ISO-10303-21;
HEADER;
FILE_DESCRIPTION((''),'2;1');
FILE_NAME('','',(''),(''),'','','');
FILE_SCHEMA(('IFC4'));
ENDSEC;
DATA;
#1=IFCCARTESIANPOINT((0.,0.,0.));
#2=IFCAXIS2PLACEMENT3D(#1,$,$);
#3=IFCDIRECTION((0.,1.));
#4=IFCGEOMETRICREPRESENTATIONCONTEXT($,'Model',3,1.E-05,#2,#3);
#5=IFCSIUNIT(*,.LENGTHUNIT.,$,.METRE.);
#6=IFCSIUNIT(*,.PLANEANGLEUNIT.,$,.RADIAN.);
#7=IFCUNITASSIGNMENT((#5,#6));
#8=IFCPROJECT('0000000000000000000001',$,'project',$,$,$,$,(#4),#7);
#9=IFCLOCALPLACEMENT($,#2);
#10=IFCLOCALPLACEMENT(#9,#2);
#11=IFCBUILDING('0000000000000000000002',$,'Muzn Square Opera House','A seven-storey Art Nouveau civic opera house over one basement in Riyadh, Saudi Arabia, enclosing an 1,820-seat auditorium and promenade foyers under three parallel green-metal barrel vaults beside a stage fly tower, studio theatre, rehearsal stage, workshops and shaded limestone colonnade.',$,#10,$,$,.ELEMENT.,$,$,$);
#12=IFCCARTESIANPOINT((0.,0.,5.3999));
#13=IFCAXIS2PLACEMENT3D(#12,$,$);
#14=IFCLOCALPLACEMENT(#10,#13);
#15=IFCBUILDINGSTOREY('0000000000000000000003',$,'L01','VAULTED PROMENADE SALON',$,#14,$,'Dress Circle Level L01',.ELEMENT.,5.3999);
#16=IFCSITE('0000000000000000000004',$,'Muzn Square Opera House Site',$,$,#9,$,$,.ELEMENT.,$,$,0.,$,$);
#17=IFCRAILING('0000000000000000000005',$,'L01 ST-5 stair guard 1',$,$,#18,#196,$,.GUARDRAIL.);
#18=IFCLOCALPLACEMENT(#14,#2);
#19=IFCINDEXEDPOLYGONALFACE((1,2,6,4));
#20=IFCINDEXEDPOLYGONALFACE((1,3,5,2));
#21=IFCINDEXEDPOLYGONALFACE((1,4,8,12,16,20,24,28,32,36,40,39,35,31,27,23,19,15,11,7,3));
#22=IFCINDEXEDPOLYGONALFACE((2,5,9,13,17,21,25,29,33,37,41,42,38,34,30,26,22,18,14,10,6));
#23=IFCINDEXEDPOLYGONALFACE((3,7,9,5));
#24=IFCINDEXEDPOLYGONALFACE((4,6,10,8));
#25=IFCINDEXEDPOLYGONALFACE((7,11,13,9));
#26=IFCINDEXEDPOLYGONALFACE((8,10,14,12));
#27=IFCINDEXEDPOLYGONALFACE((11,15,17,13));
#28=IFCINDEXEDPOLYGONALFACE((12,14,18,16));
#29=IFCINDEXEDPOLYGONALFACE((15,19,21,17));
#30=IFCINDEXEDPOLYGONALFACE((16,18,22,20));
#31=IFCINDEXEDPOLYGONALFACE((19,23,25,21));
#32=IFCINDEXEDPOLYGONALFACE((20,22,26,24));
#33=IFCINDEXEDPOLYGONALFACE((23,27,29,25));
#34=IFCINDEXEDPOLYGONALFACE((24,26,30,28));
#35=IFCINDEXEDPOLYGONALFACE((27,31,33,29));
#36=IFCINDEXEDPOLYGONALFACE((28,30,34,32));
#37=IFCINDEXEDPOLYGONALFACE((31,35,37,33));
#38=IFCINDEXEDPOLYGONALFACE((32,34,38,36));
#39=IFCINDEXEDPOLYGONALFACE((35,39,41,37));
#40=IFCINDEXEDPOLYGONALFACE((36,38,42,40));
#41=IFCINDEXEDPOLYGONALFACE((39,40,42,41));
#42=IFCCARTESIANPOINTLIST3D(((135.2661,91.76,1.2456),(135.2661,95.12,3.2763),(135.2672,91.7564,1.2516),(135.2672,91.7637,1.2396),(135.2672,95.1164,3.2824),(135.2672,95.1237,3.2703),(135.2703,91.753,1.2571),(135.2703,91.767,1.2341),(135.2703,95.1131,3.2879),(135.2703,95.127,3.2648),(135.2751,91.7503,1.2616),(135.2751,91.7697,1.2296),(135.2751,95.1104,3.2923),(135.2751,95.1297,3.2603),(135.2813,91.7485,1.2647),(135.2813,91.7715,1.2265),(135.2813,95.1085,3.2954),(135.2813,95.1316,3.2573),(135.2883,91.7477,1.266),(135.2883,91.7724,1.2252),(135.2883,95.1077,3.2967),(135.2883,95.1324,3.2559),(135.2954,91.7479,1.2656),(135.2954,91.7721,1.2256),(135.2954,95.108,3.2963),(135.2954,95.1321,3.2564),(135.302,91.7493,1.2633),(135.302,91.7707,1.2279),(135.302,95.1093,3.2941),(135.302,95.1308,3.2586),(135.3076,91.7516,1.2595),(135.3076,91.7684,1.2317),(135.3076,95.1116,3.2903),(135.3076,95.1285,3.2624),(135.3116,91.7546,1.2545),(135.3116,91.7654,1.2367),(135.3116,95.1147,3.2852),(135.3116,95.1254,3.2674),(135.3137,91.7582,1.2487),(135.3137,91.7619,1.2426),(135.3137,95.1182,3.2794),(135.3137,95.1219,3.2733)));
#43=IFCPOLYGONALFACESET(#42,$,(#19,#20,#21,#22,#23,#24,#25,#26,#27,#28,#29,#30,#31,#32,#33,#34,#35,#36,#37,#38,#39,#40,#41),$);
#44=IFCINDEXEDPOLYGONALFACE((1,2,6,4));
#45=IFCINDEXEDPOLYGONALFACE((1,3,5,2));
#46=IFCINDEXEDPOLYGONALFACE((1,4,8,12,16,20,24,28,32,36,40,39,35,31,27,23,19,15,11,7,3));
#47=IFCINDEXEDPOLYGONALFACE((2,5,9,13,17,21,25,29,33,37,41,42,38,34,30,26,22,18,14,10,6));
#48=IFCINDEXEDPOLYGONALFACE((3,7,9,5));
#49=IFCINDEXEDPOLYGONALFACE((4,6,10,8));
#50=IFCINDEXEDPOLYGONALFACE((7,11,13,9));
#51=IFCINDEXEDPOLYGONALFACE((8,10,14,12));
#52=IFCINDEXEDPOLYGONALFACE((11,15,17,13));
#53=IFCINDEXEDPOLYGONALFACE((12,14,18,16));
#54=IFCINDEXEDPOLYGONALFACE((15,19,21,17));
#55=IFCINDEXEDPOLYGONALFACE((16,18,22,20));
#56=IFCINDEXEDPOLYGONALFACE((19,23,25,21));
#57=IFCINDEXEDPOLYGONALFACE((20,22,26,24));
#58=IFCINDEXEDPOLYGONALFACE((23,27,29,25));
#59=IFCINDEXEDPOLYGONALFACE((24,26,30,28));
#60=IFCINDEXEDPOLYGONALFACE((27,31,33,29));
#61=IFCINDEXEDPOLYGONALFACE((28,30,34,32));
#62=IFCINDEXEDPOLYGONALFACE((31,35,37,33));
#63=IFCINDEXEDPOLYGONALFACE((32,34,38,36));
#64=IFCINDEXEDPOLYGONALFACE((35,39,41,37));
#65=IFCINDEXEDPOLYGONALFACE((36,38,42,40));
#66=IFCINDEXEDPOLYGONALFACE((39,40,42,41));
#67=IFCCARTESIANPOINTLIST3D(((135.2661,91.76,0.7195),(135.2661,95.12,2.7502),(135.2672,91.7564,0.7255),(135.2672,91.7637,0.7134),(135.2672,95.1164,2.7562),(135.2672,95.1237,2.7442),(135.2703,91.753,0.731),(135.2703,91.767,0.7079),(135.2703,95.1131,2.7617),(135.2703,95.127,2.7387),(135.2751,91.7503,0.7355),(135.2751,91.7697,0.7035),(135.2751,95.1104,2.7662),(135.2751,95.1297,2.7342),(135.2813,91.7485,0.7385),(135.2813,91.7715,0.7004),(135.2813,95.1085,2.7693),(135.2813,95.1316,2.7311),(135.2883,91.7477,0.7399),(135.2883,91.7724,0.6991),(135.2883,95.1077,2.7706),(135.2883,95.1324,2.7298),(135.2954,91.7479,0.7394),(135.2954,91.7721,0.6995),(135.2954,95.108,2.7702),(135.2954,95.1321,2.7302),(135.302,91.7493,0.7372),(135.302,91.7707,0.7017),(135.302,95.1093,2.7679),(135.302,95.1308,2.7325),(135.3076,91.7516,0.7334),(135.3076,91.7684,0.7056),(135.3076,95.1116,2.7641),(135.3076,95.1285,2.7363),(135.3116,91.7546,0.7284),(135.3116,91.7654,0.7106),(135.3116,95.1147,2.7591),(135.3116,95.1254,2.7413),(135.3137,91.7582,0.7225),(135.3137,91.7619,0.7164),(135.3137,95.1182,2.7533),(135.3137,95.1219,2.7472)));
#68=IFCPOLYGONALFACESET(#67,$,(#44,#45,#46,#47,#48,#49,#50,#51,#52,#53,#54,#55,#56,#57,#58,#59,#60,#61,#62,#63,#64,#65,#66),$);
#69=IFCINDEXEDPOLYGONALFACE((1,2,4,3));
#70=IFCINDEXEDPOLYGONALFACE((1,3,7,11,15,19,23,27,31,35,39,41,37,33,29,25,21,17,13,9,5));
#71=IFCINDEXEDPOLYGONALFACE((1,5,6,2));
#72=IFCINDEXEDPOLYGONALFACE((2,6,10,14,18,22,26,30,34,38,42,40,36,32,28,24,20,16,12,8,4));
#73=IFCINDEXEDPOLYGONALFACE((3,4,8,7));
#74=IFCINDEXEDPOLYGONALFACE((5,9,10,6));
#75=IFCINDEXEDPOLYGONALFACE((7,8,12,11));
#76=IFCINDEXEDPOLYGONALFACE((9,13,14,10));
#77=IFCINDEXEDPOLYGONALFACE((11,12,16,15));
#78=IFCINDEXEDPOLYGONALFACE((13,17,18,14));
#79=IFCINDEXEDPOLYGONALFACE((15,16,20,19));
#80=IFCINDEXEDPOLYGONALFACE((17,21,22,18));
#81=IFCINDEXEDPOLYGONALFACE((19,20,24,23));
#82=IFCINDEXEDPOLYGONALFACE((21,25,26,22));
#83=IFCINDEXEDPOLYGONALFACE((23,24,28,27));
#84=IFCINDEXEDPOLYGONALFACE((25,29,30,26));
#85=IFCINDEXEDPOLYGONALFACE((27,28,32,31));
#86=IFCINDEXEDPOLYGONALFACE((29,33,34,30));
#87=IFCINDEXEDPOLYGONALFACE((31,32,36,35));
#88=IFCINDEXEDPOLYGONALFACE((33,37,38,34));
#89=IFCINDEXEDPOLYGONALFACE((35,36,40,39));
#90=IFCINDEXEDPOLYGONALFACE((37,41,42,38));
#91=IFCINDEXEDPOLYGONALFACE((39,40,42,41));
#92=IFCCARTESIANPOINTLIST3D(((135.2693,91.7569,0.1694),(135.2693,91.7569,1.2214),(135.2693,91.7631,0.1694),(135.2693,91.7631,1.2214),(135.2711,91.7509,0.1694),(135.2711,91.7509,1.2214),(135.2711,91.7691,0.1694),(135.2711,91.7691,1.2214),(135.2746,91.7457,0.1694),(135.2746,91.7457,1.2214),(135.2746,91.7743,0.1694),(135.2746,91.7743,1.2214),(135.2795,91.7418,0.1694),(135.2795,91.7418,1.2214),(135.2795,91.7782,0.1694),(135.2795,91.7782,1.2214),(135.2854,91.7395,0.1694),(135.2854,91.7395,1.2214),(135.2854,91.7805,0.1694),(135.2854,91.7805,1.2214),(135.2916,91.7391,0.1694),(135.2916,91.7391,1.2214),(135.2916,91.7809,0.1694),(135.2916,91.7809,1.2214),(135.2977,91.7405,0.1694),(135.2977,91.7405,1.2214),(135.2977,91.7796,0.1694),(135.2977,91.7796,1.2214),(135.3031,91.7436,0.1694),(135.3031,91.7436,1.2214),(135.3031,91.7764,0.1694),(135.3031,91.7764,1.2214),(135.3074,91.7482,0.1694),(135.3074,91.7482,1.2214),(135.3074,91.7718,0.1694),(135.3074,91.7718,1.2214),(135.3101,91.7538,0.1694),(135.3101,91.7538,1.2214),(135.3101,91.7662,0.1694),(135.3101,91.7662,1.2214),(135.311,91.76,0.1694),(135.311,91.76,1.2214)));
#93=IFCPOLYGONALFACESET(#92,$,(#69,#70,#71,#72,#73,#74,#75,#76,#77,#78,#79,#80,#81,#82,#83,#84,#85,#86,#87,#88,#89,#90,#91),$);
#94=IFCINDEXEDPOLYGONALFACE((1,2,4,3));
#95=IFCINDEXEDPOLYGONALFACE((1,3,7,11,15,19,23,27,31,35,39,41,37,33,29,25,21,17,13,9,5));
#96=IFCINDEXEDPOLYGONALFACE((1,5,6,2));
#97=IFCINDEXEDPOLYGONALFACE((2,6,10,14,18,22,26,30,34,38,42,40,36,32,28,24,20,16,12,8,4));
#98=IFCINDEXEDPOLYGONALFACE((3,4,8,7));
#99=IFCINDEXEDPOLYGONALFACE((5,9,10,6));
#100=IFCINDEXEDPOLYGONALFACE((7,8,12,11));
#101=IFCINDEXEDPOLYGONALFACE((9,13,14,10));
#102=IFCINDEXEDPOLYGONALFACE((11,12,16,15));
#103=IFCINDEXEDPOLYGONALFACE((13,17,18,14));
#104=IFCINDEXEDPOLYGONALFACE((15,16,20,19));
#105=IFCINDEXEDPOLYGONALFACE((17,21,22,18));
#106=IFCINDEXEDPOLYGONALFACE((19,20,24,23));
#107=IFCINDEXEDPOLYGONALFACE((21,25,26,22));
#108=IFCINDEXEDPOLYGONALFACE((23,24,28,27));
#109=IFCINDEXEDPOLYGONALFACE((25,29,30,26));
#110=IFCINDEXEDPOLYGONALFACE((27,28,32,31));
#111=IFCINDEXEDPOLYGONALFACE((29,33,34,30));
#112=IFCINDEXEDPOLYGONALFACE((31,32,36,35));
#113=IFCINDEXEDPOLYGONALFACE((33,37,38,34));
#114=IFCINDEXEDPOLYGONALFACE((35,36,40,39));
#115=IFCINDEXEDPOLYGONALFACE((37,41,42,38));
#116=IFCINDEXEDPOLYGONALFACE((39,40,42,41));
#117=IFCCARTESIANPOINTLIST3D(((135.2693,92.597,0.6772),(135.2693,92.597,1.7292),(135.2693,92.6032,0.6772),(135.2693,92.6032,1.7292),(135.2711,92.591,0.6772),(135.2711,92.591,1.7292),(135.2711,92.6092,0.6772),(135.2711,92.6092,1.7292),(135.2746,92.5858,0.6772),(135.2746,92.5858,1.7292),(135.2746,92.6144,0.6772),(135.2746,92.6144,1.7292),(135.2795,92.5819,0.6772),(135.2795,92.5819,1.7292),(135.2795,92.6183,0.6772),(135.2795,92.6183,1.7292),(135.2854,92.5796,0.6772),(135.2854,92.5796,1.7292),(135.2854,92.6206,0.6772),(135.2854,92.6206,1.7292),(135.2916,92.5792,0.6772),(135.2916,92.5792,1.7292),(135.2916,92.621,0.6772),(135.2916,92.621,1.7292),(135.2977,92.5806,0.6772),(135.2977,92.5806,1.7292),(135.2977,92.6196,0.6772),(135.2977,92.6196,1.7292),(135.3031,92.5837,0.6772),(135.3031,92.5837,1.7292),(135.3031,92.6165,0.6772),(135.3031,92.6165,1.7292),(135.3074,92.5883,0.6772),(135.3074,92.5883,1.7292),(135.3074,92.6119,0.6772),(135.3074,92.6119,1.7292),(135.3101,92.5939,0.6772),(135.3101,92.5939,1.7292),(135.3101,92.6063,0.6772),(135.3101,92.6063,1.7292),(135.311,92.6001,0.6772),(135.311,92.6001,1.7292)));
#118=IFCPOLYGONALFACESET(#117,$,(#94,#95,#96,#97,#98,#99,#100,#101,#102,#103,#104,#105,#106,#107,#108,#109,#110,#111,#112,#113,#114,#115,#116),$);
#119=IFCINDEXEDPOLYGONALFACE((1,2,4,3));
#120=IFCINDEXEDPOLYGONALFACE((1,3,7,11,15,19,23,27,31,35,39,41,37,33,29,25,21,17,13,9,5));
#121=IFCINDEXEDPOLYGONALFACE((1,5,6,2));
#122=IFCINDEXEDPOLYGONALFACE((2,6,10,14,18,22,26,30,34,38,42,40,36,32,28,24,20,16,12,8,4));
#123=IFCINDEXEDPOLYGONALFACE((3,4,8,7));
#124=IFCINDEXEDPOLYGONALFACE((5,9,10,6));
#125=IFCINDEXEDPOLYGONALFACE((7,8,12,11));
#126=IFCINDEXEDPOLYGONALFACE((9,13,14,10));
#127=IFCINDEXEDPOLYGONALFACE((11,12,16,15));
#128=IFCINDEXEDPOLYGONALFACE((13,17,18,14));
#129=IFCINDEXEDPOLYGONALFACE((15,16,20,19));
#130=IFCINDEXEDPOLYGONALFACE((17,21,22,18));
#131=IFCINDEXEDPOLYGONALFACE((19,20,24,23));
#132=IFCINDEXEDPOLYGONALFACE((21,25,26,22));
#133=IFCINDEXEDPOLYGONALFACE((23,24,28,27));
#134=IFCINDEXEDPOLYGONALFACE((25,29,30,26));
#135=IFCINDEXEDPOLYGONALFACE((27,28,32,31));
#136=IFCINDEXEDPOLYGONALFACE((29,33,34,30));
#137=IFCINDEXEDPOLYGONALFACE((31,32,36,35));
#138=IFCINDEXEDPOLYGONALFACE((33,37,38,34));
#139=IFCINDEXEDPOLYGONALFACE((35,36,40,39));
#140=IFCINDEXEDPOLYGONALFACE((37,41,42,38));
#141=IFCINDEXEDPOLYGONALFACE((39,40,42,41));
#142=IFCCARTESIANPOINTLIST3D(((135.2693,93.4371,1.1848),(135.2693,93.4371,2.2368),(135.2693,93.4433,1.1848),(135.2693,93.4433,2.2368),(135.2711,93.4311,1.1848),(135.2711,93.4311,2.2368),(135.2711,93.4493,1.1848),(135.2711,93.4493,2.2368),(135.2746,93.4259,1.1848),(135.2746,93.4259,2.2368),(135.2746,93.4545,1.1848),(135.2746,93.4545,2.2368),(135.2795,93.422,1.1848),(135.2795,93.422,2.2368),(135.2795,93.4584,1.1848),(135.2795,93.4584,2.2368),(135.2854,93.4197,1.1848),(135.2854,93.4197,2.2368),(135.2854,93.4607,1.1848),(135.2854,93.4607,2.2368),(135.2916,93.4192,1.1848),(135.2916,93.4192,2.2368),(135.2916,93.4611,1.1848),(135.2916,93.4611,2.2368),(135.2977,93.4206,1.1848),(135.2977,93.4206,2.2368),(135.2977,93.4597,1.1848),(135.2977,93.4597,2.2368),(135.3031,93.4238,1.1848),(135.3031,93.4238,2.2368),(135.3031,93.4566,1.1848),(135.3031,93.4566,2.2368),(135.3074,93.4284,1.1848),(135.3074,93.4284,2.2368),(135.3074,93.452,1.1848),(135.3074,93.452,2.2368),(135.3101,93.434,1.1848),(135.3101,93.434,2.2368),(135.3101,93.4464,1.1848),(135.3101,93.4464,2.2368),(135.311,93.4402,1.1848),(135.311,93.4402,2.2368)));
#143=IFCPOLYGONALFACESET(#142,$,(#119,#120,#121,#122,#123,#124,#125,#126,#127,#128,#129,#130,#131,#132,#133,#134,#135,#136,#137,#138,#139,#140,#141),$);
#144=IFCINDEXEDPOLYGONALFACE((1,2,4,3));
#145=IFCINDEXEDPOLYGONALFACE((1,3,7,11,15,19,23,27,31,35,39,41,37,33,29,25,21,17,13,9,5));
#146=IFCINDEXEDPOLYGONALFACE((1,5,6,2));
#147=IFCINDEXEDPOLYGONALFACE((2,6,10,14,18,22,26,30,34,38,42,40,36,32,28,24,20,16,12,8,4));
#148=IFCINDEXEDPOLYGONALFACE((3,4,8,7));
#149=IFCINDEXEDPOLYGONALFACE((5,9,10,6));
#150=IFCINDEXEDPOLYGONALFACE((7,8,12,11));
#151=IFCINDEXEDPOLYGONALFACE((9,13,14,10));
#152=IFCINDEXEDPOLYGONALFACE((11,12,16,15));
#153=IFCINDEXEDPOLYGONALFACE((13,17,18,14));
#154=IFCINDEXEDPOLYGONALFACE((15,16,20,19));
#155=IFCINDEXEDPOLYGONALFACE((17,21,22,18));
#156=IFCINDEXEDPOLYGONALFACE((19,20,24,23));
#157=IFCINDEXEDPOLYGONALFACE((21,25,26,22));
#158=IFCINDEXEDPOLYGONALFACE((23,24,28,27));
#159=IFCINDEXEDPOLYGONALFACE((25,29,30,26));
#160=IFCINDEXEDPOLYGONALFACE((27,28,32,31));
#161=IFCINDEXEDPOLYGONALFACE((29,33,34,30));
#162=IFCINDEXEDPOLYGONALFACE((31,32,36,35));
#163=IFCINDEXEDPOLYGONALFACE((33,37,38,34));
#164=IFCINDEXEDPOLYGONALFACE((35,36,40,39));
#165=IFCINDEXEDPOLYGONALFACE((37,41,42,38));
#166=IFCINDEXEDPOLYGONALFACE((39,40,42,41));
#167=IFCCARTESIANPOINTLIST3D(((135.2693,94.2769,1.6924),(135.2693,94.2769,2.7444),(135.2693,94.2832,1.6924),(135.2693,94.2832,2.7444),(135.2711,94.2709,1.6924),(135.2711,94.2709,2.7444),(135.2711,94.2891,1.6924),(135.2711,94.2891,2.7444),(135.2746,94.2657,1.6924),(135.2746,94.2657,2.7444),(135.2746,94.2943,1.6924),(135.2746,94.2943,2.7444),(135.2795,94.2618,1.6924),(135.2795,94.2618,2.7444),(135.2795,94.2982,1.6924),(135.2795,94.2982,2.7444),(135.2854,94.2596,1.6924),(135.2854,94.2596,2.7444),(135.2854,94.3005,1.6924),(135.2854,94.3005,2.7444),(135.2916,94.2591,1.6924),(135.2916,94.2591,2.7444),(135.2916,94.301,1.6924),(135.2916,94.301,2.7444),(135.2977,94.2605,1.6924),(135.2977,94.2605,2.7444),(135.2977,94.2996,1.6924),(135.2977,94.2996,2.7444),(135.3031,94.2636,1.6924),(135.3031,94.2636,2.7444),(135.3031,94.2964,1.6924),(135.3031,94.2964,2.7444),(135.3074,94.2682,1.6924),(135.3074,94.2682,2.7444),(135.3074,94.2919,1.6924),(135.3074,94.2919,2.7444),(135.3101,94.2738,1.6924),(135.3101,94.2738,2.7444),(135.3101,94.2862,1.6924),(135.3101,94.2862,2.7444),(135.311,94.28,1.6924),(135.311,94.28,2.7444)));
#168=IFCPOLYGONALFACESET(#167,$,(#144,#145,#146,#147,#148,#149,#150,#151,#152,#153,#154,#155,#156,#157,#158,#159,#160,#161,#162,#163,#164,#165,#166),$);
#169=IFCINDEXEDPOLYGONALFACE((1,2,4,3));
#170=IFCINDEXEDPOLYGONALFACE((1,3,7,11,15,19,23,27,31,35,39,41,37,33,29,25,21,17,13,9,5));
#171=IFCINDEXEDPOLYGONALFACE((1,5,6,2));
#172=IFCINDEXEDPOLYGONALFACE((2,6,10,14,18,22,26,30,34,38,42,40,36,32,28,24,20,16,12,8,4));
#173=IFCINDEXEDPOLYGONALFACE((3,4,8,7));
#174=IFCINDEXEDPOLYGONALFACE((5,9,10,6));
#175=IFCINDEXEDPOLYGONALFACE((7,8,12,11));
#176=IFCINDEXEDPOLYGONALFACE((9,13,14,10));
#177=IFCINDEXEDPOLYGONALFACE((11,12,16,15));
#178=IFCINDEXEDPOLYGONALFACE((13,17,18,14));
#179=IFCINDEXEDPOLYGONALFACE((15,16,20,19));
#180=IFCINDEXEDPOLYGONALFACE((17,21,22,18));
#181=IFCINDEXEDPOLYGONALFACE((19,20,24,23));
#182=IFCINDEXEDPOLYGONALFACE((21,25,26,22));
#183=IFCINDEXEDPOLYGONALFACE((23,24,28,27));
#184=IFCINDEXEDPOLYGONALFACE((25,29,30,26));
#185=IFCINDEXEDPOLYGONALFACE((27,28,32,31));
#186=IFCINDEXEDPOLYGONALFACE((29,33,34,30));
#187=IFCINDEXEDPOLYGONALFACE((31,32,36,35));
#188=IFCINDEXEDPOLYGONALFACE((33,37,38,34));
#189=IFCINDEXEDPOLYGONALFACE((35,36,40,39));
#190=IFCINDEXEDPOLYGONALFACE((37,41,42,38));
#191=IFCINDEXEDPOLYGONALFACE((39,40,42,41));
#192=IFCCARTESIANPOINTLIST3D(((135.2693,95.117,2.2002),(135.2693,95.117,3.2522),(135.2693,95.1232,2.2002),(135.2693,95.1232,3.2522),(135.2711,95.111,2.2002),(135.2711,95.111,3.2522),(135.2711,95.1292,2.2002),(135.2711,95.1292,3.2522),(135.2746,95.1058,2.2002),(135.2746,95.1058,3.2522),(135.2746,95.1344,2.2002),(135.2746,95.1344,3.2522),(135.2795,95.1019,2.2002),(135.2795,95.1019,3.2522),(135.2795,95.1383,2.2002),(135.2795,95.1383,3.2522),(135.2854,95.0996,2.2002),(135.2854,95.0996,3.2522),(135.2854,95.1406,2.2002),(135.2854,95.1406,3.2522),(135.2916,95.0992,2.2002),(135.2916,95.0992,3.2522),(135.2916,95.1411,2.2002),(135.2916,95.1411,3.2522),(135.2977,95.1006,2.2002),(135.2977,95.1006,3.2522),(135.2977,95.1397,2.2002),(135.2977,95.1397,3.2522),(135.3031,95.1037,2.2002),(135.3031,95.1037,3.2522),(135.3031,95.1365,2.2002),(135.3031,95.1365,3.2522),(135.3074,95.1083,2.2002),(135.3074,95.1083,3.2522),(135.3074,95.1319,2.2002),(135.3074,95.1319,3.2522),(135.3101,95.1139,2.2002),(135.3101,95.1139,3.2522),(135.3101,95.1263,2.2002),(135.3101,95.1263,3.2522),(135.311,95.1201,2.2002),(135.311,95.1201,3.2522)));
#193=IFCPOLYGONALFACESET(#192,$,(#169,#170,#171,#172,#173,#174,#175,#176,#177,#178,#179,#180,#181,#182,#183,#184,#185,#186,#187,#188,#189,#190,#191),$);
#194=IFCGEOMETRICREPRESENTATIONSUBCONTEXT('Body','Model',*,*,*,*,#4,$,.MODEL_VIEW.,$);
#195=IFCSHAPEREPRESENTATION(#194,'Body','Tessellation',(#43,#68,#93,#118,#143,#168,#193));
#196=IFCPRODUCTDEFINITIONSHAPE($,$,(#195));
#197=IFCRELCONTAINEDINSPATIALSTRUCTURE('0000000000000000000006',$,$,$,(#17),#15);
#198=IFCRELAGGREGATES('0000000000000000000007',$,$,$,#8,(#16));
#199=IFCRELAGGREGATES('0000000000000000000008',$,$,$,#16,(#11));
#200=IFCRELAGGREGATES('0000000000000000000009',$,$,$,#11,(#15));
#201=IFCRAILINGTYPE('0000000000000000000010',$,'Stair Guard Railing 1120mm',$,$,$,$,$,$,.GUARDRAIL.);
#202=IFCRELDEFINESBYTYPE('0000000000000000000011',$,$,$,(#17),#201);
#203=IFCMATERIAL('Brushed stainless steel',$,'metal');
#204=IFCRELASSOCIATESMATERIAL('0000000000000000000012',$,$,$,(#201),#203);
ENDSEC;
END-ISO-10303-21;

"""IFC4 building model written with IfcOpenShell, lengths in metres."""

from ifc_helpers import new_model, si_unit, direction, frame, origin, origin_2d, place, context, subcontext, project, spatial, circle, extrude, material, type_object, element, save


model = new_model("IFC4")

# Units and contexts
model_context = context("Model", 3, precision=1e-05, world=origin(), true_north=direction((0.0, 1.0)))
body_context = subcontext(model_context, "Body", "Model", "MODEL_VIEW")
ifc_project = project(units=[si_unit("LENGTHUNIT", "METRE"), si_unit("PLANEANGLEUNIT", "RADIAN")], contexts=[model_context])

# Site, building, storey
site_placement = place(None, origin())
site = spatial("IfcSite", under=ifc_project, at=site_placement, Name="Muzn Square Opera House Site", CompositionType="ELEMENT", RefElevation=0.0)
building_placement = place(site_placement, origin())
building = spatial("IfcBuilding", under=site, at=building_placement, Name="Muzn Square Opera House", Description="A seven-storey Art Nouveau civic opera house over one basement in Riyadh, Saudi Arabia, enclosing an 1,820-seat auditorium and promenade foyers under three parallel green-metal barrel vaults beside a stage fly tower, studio theatre, rehearsal stage, workshops and shaded limestone colonnade.", CompositionType="ELEMENT")
storey_placement = place(building_placement, frame((0.0, 0.0, 5.3999)))
storey = spatial("IfcBuildingStorey", under=building, at=storey_placement, Name="L01", Description="VAULTED PROMENADE SALON", LongName="Dress Circle Level L01", CompositionType="ELEMENT", Elevation=5.3999)

# Railing
ifc_material_1 = material(Name="Brushed stainless steel", Category="metal")
railing_type_1 = type_object("IfcRailingType", Name="Stair Guard Railing 1120mm", PredefinedType="GUARDRAIL", material=ifc_material_1)
railing_1_placement = place(storey_placement, frame((135.29, 91.76, 0.1694)))
element("IfcRailing", 1, at=railing_1_placement, inside=storey, type_object=railing_type_1, Name="L01 ST-5 stair guard 1", PredefinedType="GUARDRAIL", context=body_context, shape_type="SweptSolid", body=[
    extrude(circle(Radius=0.0239, at=origin_2d()), frame((0.0, 0.0, 1.0762), z_axis=(0.0, 0.855837, 0.517246), x_axis=(-1.0, 0.0, 0.0)), (0.0, 0.0, 1.0), 3.926),
    extrude(circle(Radius=0.0239, at=origin_2d()), frame((0.0, 0.0, 0.55), z_axis=(0.0, 0.855837, 0.517246), x_axis=(-1.0, 0.0, 0.0)), (0.0, 0.0, 1.0), 3.926),
    extrude(circle(Radius=0.021, at=origin_2d()), origin(), (0.0, 0.0, 1.0), 1.052),
    extrude(circle(Radius=0.021, at=origin_2d()), frame((0.0, 0.8401, 0.5078)), (0.0, 0.0, 1.0), 1.052),
    extrude(circle(Radius=0.021, at=origin_2d()), frame((0.0, 1.6802, 1.0154)), (0.0, 0.0, 1.0), 1.052),
    extrude(circle(Radius=0.021, at=origin_2d()), frame((0.0, 2.52, 1.5229)), (0.0, 0.0, 1.0), 1.052),
    extrude(circle(Radius=0.021, at=origin_2d()), frame((0.0, 3.3601, 2.0308)), (0.0, 0.0, 1.0), 1.052),
])

save(model, "model.ifc")
